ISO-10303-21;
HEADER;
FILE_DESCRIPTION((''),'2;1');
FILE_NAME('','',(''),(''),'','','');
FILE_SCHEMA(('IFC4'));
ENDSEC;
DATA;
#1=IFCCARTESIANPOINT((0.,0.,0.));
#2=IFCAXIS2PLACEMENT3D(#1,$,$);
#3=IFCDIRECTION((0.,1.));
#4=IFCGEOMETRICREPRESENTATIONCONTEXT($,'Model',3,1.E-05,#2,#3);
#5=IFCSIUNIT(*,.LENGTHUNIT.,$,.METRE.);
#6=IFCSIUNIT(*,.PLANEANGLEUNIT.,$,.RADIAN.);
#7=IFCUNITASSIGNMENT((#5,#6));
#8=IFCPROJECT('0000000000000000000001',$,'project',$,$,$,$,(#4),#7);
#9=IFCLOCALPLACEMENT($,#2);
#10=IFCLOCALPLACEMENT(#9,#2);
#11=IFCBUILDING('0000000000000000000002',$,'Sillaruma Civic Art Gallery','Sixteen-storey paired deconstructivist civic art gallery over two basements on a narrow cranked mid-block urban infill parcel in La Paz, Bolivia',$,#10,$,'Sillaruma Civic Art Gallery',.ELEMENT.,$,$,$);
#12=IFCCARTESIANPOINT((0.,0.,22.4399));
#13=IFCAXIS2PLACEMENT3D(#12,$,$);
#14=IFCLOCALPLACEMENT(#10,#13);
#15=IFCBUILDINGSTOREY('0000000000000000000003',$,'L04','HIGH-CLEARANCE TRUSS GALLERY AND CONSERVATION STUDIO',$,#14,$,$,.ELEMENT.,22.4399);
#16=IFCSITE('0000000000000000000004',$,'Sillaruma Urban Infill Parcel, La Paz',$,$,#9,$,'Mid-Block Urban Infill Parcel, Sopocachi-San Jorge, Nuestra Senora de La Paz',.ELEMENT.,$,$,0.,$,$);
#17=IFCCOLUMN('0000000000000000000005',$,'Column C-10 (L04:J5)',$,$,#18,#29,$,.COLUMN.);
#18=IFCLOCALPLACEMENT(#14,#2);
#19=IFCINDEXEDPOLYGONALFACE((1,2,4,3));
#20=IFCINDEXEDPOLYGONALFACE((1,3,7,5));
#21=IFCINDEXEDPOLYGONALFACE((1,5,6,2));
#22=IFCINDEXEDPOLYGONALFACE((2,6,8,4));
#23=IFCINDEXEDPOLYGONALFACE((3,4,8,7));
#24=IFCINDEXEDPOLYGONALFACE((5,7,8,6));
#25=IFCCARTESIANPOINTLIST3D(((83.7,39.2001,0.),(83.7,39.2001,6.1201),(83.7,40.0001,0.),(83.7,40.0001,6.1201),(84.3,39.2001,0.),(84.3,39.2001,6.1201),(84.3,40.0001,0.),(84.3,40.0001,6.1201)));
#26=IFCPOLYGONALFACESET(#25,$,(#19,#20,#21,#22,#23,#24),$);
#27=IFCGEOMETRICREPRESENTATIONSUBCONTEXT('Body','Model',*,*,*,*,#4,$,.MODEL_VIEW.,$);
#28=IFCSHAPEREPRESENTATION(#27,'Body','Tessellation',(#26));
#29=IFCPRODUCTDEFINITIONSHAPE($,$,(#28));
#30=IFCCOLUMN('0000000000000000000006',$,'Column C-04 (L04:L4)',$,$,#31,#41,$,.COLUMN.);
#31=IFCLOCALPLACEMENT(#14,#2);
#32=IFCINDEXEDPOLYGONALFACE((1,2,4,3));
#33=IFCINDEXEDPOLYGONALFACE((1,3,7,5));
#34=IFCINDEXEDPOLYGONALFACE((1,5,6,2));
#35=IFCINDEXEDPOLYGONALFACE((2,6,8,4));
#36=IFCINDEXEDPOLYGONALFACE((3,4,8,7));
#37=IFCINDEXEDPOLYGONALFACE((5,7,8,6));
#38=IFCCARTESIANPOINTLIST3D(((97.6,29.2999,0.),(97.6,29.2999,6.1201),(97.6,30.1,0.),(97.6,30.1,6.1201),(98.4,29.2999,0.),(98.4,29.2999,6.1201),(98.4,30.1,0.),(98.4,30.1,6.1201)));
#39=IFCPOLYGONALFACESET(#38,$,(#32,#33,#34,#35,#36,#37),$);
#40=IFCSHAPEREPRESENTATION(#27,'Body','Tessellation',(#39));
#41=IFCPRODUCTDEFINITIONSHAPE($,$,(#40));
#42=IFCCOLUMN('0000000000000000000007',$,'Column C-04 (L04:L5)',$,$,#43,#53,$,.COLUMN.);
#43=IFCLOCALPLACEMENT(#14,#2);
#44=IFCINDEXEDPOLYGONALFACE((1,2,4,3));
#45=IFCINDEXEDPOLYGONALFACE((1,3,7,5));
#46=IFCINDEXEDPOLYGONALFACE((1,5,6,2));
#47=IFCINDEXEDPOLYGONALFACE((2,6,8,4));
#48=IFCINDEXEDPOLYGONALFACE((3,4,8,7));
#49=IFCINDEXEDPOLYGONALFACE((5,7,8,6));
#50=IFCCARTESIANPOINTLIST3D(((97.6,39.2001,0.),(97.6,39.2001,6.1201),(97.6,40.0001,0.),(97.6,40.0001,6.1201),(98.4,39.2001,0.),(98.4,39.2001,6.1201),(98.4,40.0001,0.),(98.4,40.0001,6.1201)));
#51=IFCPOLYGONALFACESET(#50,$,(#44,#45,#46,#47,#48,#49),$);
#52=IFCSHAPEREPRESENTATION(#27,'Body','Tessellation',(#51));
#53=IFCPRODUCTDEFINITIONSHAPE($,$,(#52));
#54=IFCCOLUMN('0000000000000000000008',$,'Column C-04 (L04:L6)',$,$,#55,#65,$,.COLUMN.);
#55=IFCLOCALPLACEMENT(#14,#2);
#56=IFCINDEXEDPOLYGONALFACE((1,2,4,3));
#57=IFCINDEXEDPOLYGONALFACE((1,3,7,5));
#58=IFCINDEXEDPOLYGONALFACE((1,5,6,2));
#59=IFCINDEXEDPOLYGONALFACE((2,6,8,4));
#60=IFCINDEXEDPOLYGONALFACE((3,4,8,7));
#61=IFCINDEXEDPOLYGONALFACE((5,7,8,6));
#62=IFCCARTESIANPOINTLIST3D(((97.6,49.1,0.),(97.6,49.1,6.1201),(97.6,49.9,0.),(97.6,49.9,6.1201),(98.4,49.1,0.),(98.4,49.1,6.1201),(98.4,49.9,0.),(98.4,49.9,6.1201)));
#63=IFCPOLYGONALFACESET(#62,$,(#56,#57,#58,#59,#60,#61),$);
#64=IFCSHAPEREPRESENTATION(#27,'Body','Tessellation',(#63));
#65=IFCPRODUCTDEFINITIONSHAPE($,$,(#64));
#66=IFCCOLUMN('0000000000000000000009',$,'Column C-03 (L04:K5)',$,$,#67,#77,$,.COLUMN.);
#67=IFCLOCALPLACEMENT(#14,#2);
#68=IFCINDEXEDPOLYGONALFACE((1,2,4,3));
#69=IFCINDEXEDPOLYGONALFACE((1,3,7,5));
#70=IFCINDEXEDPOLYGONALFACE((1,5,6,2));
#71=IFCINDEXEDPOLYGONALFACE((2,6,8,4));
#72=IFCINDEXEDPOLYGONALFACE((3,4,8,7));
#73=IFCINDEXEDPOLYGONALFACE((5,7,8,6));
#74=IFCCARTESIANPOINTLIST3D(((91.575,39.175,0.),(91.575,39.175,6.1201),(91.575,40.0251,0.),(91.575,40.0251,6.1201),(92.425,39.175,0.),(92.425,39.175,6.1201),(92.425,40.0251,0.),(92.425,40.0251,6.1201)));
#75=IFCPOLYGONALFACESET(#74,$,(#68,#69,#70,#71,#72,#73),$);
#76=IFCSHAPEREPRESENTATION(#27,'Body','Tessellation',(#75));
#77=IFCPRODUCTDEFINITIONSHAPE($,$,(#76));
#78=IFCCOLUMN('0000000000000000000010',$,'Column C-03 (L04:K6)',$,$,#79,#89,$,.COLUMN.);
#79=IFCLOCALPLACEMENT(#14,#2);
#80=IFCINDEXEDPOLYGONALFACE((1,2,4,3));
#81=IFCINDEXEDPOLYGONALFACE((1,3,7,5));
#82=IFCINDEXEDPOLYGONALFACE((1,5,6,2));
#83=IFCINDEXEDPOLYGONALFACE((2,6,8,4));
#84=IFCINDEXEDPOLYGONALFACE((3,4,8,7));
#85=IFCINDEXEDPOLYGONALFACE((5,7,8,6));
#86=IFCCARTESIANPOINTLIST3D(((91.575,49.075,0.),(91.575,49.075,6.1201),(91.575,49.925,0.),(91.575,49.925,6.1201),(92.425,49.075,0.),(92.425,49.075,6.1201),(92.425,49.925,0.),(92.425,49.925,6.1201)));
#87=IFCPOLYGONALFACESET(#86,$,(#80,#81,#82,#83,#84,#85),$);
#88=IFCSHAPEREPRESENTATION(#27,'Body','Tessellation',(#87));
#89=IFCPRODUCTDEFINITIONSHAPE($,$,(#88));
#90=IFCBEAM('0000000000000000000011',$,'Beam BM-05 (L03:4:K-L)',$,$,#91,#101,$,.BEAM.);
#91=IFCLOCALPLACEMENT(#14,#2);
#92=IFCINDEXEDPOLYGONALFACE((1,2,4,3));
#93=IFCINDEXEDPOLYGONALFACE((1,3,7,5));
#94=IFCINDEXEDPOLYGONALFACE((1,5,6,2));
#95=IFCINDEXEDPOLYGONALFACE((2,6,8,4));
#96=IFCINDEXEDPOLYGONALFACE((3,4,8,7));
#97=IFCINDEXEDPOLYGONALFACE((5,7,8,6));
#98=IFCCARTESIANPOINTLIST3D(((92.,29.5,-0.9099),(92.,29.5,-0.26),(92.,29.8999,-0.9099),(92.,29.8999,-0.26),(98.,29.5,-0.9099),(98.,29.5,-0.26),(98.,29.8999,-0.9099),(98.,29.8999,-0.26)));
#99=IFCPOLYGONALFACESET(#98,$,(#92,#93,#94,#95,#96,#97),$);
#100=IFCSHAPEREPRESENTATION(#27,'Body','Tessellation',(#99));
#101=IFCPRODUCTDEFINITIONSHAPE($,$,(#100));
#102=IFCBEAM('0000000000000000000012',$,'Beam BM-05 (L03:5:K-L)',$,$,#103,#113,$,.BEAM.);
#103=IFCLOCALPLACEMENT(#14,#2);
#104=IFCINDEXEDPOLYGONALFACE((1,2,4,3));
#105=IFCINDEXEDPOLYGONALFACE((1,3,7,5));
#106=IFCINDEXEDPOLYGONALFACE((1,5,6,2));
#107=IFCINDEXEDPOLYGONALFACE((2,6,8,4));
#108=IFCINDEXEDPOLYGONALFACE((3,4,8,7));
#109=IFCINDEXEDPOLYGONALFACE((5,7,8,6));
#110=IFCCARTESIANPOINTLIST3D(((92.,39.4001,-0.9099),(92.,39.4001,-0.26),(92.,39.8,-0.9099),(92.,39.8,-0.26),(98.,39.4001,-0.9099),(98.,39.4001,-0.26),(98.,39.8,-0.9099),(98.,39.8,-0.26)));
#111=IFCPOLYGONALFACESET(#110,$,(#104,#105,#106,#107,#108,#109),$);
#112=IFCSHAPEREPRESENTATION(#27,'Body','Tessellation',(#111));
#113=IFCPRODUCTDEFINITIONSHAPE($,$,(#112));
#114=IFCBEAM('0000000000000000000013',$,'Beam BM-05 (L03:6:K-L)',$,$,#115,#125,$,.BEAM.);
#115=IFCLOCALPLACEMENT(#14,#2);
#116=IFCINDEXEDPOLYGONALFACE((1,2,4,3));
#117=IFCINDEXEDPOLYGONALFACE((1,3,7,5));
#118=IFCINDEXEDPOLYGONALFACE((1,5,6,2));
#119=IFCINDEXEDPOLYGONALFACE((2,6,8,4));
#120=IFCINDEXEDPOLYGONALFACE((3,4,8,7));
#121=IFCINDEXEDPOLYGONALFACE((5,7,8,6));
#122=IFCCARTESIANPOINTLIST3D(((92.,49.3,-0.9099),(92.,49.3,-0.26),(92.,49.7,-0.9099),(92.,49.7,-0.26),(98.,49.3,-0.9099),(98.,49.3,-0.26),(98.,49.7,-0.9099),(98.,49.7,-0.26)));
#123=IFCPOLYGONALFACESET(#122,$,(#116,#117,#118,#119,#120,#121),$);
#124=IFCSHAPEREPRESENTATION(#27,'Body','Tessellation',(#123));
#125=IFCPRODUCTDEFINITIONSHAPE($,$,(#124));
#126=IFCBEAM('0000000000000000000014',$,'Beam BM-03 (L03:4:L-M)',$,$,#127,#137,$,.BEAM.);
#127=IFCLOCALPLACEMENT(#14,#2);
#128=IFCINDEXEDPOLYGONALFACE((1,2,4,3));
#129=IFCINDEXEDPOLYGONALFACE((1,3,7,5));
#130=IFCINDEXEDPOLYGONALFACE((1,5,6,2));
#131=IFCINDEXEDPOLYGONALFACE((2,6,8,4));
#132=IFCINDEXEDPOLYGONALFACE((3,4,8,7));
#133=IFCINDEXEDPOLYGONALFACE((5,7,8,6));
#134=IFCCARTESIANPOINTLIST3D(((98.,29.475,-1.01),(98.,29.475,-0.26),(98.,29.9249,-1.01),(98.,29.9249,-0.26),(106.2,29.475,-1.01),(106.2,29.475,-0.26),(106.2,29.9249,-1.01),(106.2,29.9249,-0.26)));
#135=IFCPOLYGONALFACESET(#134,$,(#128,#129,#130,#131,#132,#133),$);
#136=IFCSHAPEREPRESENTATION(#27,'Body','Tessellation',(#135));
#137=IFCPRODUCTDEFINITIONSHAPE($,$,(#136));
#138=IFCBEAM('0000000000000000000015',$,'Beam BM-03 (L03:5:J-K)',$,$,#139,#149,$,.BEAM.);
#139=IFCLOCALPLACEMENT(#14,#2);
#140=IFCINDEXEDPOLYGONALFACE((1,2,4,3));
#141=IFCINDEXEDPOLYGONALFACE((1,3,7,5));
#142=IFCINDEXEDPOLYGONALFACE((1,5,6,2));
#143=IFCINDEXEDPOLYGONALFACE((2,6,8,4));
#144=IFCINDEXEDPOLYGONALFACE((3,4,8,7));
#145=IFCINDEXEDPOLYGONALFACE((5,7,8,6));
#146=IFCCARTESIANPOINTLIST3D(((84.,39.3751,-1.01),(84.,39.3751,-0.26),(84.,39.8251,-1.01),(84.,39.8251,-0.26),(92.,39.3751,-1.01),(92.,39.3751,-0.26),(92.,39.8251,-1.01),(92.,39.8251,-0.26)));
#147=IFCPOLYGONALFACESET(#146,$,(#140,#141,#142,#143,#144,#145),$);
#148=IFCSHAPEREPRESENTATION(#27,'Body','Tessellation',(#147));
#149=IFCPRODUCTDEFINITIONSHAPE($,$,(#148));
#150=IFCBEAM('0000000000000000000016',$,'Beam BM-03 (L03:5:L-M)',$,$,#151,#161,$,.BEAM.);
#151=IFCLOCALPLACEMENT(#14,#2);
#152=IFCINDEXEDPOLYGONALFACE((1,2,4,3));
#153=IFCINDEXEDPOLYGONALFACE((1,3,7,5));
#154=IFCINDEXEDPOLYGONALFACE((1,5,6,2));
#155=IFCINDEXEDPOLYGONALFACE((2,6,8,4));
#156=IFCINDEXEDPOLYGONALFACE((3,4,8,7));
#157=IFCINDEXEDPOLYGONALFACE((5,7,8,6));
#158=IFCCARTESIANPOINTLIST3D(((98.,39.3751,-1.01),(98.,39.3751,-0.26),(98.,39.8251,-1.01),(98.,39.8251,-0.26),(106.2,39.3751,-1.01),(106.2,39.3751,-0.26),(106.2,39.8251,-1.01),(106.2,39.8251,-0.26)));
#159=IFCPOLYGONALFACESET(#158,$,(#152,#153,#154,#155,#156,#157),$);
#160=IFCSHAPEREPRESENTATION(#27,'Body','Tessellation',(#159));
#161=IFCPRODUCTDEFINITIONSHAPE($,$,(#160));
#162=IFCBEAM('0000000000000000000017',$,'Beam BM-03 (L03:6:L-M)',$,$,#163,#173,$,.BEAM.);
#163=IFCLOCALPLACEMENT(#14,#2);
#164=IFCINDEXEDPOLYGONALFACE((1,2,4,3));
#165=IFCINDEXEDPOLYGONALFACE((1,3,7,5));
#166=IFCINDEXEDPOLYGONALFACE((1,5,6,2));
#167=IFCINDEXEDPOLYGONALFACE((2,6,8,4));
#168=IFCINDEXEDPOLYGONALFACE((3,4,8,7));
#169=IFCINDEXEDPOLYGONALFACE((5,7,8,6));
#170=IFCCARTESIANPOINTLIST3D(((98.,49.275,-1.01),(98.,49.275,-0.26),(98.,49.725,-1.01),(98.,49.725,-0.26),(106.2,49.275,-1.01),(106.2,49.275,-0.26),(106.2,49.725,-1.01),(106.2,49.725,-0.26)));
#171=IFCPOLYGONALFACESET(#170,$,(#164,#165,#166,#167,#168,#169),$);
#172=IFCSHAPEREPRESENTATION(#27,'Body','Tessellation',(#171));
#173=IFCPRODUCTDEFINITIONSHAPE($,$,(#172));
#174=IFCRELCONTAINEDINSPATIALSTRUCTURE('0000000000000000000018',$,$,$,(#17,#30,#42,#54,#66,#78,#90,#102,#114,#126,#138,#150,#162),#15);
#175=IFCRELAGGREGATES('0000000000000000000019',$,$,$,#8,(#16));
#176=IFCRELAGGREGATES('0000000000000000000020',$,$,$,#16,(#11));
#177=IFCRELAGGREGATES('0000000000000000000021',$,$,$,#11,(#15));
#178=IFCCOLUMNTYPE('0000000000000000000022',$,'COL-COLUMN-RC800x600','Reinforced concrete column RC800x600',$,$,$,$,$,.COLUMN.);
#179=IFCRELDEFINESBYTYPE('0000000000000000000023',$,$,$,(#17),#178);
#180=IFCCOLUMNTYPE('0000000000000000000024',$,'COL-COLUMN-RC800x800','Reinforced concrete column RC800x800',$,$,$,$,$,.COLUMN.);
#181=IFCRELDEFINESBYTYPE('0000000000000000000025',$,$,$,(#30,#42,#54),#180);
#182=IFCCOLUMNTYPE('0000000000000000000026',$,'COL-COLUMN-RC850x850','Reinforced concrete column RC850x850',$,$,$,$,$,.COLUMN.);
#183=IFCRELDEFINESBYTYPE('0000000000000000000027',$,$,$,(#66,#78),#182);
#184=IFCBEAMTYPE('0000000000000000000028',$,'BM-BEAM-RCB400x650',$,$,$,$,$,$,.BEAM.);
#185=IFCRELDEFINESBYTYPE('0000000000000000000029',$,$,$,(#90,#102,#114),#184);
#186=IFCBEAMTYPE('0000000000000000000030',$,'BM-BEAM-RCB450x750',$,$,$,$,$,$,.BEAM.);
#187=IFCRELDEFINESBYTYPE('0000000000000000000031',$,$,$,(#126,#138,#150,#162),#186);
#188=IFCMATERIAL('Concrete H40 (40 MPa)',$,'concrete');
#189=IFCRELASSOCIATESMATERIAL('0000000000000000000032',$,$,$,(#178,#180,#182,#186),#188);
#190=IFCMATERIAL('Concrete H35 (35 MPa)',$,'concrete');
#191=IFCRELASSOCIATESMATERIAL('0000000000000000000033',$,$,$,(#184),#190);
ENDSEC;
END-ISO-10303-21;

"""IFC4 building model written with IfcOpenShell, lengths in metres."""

from ifc_helpers import new_model, si_unit, direction, frame, origin, origin_2d, place, context, subcontext, project, spatial, rectangle, extrude, material, material_profile, profile_set, type_object, element, save


model = new_model("IFC4")

# Units and contexts
model_context = context("Model", 3, precision=1e-05, world=origin(), true_north=direction((0.0, 1.0)))
body_context = subcontext(model_context, "Body", "Model", "MODEL_VIEW")
ifc_project = project(units=[si_unit("LENGTHUNIT", "METRE"), si_unit("PLANEANGLEUNIT", "RADIAN")], contexts=[model_context])

# Site, building, storey
site_placement = place(None, origin())
site = spatial("IfcSite", under=ifc_project, at=site_placement, Name="Sillaruma Urban Infill Parcel, La Paz", LongName="Mid-Block Urban Infill Parcel, Sopocachi-San Jorge, Nuestra Senora de La Paz", CompositionType="ELEMENT", RefElevation=0.0)
building_placement = place(site_placement, origin())
building = spatial("IfcBuilding", under=site, at=building_placement, Name="Sillaruma Civic Art Gallery", Description="Sixteen-storey paired deconstructivist civic art gallery over two basements on a narrow cranked mid-block urban infill parcel in La Paz, Bolivia", LongName="Sillaruma Civic Art Gallery", CompositionType="ELEMENT")
storey_placement = place(building_placement, frame((0.0, 0.0, 22.4399)))
storey = spatial("IfcBuildingStorey", under=building, at=storey_placement, Name="L04", Description="HIGH-CLEARANCE TRUSS GALLERY AND CONSERVATION STUDIO", CompositionType="ELEMENT", Elevation=22.4399)

# Columns
ifc_material_1 = material(Name="Concrete H40 (40 MPa)", Category="concrete")
ifc_material_profile_1 = material_profile(ifc_material_1, rectangle(XDim=0.6001, YDim=0.8, at=origin_2d()), Name="RC800x600")
ifc_profile_set_1 = profile_set([ifc_material_profile_1], Name="Concrete H40 (40 MPa)")
column_type_1 = type_object("IfcColumnType", Name="COL-COLUMN-RC800x600", Description="Reinforced concrete column RC800x600", PredefinedType="COLUMN", material=ifc_profile_set_1)
column_placement = place(storey_placement, frame((84.0, 39.6001, 0.0), z_axis=(0.0, 0.0, 1.0), x_axis=(1.0, 0.0, 0.0)))
element("IfcColumn", 1, at=column_placement, inside=storey, type_object=column_type_1, Name="Column C-10 (L04:J5)", PredefinedType="COLUMN", context=body_context, shape_type="SweptSolid", body=[
    extrude(rectangle(XDim=0.6001, YDim=0.8, at=origin_2d()), origin(), (0.0, 0.0, 1.0), 6.1201),
])
ifc_material_profile_2 = material_profile(ifc_material_1, rectangle(XDim=0.8, YDim=0.8, at=origin_2d()), Name="RC800x800")
ifc_profile_set_2 = profile_set([ifc_material_profile_2], Name="Concrete H40 (40 MPa)")
column_type_2 = type_object("IfcColumnType", Name="COL-COLUMN-RC800x800", Description="Reinforced concrete column RC800x800", PredefinedType="COLUMN", material=ifc_profile_set_2)
for number, where, z_axis, x_axis, name in (
    (2, (98.0, 29.7, 0.0), (0.0, 0.0, 1.0), (1.0, 0.0, 0.0), "Column C-04 (L04:L4)"),
    (3, (98.0, 39.6001, 0.0), (0.0, 0.0, 1.0), (1.0, 0.0, 0.0), "Column C-04 (L04:L5)"),
    (4, (98.0, 49.5, 0.0), (0.0, 0.0, 1.0), (1.0, 0.0, 0.0), "Column C-04 (L04:L6)"),
):
    element("IfcColumn", number, at=place(storey_placement, frame(where, z_axis=z_axis, x_axis=x_axis)), inside=storey, type_object=column_type_2, Name=name, PredefinedType="COLUMN", context=body_context, shape_type="SweptSolid", body=[
        extrude(rectangle(XDim=0.8, YDim=0.8, at=origin_2d()), origin(), (0.0, 0.0, 1.0), 6.1201),
    ])
ifc_material_profile_3 = material_profile(ifc_material_1, rectangle(XDim=0.8501, YDim=0.8501, at=origin_2d()), Name="RC850x850")
ifc_profile_set_3 = profile_set([ifc_material_profile_3], Name="Concrete H40 (40 MPa)")
column_type_3 = type_object("IfcColumnType", Name="COL-COLUMN-RC850x850", Description="Reinforced concrete column RC850x850", PredefinedType="COLUMN", material=ifc_profile_set_3)
for number, where, z_axis, x_axis, name in (
    (5, (92.0, 39.6001, 0.0), (0.0, 0.0, 1.0), (1.0, 0.0, 0.0), "Column C-03 (L04:K5)"),
    (6, (92.0, 49.5, 0.0), (0.0, 0.0, 1.0), (1.0, 0.0, 0.0), "Column C-03 (L04:K6)"),
):
    element("IfcColumn", number, at=place(storey_placement, frame(where, z_axis=z_axis, x_axis=x_axis)), inside=storey, type_object=column_type_3, Name=name, PredefinedType="COLUMN", context=body_context, shape_type="SweptSolid", body=[
        extrude(rectangle(XDim=0.8501, YDim=0.8501, at=origin_2d()), origin(), (0.0, 0.0, 1.0), 6.1201),
    ])

# Beams
ifc_material_2 = material(Name="Concrete H35 (35 MPa)", Category="concrete")
ifc_material_profile_4 = material_profile(ifc_material_2, rectangle(XDim=0.3999, YDim=0.6499, at=origin_2d()), Name="RCB400x650")
ifc_profile_set_4 = profile_set([ifc_material_profile_4], Name="Concrete H35 (35 MPa)")
beam_type_1 = type_object("IfcBeamType", Name="BM-BEAM-RCB400x650", PredefinedType="BEAM", material=ifc_profile_set_4)
for number, where, z_axis, x_axis, name in (
    (7, (92.0, 29.7, -0.585), (1.0, 0.0, 0.0), (0.0, 1.0, 0.0), "Beam BM-05 (L03:4:K-L)"),
    (8, (92.0, 39.6001, -0.585), (1.0, 0.0, 0.0), (0.0, 1.0, 0.0), "Beam BM-05 (L03:5:K-L)"),
    (9, (92.0, 49.5, -0.585), (1.0, 0.0, 0.0), (0.0, 1.0, 0.0), "Beam BM-05 (L03:6:K-L)"),
):
    element("IfcBeam", number, at=place(storey_placement, frame(where, z_axis=z_axis, x_axis=x_axis)), inside=storey, type_object=beam_type_1, Name=name, PredefinedType="BEAM", context=body_context, shape_type="SweptSolid", body=[
        extrude(rectangle(XDim=0.3999, YDim=0.6499, at=origin_2d()), origin(), (0.0, 0.0, 1.0), 6.0),
    ])
ifc_material_profile_5 = material_profile(ifc_material_1, rectangle(XDim=0.45, YDim=0.75, at=origin_2d()), Name="RCB450x750")
ifc_profile_set_5 = profile_set([ifc_material_profile_5], Name="Concrete H40 (40 MPa)")
beam_type_2 = type_object("IfcBeamType", Name="BM-BEAM-RCB450x750", PredefinedType="BEAM", material=ifc_profile_set_5)
beam_1_placement = place(storey_placement, frame((98.0, 29.7, -0.635), z_axis=(1.0, 0.0, 0.0), x_axis=(0.0, 1.0, 0.0)))
element("IfcBeam", 10, at=beam_1_placement, inside=storey, type_object=beam_type_2, Name="Beam BM-03 (L03:4:L-M)", PredefinedType="BEAM", context=body_context, shape_type="SweptSolid", body=[
    extrude(rectangle(XDim=0.45, YDim=0.75, at=origin_2d()), origin(), (0.0, 0.0, 1.0), 8.2),
])
beam_2_placement = place(storey_placement, frame((84.0, 39.6001, -0.635), z_axis=(1.0, 0.0, 0.0), x_axis=(0.0, 1.0, 0.0)))
element("IfcBeam", 11, at=beam_2_placement, inside=storey, type_object=beam_type_2, Name="Beam BM-03 (L03:5:J-K)", PredefinedType="BEAM", context=body_context, shape_type="SweptSolid", body=[
    extrude(rectangle(XDim=0.45, YDim=0.75, at=origin_2d()), origin(), (0.0, 0.0, 1.0), 8.0),
])
for number, where, z_axis, x_axis, name in (
    (12, (98.0, 39.6001, -0.635), (1.0, 0.0, 0.0), (0.0, 1.0, 0.0), "Beam BM-03 (L03:5:L-M)"),
    (13, (98.0, 49.5, -0.635), (1.0, 0.0, 0.0), (0.0, 1.0, 0.0), "Beam BM-03 (L03:6:L-M)"),
):
    element("IfcBeam", number, at=place(storey_placement, frame(where, z_axis=z_axis, x_axis=x_axis)), inside=storey, type_object=beam_type_2, Name=name, PredefinedType="BEAM", context=body_context, shape_type="SweptSolid", body=[
        extrude(rectangle(XDim=0.45, YDim=0.75, at=origin_2d()), origin(), (0.0, 0.0, 1.0), 8.2),
    ])

save(model, "model.ifc")
